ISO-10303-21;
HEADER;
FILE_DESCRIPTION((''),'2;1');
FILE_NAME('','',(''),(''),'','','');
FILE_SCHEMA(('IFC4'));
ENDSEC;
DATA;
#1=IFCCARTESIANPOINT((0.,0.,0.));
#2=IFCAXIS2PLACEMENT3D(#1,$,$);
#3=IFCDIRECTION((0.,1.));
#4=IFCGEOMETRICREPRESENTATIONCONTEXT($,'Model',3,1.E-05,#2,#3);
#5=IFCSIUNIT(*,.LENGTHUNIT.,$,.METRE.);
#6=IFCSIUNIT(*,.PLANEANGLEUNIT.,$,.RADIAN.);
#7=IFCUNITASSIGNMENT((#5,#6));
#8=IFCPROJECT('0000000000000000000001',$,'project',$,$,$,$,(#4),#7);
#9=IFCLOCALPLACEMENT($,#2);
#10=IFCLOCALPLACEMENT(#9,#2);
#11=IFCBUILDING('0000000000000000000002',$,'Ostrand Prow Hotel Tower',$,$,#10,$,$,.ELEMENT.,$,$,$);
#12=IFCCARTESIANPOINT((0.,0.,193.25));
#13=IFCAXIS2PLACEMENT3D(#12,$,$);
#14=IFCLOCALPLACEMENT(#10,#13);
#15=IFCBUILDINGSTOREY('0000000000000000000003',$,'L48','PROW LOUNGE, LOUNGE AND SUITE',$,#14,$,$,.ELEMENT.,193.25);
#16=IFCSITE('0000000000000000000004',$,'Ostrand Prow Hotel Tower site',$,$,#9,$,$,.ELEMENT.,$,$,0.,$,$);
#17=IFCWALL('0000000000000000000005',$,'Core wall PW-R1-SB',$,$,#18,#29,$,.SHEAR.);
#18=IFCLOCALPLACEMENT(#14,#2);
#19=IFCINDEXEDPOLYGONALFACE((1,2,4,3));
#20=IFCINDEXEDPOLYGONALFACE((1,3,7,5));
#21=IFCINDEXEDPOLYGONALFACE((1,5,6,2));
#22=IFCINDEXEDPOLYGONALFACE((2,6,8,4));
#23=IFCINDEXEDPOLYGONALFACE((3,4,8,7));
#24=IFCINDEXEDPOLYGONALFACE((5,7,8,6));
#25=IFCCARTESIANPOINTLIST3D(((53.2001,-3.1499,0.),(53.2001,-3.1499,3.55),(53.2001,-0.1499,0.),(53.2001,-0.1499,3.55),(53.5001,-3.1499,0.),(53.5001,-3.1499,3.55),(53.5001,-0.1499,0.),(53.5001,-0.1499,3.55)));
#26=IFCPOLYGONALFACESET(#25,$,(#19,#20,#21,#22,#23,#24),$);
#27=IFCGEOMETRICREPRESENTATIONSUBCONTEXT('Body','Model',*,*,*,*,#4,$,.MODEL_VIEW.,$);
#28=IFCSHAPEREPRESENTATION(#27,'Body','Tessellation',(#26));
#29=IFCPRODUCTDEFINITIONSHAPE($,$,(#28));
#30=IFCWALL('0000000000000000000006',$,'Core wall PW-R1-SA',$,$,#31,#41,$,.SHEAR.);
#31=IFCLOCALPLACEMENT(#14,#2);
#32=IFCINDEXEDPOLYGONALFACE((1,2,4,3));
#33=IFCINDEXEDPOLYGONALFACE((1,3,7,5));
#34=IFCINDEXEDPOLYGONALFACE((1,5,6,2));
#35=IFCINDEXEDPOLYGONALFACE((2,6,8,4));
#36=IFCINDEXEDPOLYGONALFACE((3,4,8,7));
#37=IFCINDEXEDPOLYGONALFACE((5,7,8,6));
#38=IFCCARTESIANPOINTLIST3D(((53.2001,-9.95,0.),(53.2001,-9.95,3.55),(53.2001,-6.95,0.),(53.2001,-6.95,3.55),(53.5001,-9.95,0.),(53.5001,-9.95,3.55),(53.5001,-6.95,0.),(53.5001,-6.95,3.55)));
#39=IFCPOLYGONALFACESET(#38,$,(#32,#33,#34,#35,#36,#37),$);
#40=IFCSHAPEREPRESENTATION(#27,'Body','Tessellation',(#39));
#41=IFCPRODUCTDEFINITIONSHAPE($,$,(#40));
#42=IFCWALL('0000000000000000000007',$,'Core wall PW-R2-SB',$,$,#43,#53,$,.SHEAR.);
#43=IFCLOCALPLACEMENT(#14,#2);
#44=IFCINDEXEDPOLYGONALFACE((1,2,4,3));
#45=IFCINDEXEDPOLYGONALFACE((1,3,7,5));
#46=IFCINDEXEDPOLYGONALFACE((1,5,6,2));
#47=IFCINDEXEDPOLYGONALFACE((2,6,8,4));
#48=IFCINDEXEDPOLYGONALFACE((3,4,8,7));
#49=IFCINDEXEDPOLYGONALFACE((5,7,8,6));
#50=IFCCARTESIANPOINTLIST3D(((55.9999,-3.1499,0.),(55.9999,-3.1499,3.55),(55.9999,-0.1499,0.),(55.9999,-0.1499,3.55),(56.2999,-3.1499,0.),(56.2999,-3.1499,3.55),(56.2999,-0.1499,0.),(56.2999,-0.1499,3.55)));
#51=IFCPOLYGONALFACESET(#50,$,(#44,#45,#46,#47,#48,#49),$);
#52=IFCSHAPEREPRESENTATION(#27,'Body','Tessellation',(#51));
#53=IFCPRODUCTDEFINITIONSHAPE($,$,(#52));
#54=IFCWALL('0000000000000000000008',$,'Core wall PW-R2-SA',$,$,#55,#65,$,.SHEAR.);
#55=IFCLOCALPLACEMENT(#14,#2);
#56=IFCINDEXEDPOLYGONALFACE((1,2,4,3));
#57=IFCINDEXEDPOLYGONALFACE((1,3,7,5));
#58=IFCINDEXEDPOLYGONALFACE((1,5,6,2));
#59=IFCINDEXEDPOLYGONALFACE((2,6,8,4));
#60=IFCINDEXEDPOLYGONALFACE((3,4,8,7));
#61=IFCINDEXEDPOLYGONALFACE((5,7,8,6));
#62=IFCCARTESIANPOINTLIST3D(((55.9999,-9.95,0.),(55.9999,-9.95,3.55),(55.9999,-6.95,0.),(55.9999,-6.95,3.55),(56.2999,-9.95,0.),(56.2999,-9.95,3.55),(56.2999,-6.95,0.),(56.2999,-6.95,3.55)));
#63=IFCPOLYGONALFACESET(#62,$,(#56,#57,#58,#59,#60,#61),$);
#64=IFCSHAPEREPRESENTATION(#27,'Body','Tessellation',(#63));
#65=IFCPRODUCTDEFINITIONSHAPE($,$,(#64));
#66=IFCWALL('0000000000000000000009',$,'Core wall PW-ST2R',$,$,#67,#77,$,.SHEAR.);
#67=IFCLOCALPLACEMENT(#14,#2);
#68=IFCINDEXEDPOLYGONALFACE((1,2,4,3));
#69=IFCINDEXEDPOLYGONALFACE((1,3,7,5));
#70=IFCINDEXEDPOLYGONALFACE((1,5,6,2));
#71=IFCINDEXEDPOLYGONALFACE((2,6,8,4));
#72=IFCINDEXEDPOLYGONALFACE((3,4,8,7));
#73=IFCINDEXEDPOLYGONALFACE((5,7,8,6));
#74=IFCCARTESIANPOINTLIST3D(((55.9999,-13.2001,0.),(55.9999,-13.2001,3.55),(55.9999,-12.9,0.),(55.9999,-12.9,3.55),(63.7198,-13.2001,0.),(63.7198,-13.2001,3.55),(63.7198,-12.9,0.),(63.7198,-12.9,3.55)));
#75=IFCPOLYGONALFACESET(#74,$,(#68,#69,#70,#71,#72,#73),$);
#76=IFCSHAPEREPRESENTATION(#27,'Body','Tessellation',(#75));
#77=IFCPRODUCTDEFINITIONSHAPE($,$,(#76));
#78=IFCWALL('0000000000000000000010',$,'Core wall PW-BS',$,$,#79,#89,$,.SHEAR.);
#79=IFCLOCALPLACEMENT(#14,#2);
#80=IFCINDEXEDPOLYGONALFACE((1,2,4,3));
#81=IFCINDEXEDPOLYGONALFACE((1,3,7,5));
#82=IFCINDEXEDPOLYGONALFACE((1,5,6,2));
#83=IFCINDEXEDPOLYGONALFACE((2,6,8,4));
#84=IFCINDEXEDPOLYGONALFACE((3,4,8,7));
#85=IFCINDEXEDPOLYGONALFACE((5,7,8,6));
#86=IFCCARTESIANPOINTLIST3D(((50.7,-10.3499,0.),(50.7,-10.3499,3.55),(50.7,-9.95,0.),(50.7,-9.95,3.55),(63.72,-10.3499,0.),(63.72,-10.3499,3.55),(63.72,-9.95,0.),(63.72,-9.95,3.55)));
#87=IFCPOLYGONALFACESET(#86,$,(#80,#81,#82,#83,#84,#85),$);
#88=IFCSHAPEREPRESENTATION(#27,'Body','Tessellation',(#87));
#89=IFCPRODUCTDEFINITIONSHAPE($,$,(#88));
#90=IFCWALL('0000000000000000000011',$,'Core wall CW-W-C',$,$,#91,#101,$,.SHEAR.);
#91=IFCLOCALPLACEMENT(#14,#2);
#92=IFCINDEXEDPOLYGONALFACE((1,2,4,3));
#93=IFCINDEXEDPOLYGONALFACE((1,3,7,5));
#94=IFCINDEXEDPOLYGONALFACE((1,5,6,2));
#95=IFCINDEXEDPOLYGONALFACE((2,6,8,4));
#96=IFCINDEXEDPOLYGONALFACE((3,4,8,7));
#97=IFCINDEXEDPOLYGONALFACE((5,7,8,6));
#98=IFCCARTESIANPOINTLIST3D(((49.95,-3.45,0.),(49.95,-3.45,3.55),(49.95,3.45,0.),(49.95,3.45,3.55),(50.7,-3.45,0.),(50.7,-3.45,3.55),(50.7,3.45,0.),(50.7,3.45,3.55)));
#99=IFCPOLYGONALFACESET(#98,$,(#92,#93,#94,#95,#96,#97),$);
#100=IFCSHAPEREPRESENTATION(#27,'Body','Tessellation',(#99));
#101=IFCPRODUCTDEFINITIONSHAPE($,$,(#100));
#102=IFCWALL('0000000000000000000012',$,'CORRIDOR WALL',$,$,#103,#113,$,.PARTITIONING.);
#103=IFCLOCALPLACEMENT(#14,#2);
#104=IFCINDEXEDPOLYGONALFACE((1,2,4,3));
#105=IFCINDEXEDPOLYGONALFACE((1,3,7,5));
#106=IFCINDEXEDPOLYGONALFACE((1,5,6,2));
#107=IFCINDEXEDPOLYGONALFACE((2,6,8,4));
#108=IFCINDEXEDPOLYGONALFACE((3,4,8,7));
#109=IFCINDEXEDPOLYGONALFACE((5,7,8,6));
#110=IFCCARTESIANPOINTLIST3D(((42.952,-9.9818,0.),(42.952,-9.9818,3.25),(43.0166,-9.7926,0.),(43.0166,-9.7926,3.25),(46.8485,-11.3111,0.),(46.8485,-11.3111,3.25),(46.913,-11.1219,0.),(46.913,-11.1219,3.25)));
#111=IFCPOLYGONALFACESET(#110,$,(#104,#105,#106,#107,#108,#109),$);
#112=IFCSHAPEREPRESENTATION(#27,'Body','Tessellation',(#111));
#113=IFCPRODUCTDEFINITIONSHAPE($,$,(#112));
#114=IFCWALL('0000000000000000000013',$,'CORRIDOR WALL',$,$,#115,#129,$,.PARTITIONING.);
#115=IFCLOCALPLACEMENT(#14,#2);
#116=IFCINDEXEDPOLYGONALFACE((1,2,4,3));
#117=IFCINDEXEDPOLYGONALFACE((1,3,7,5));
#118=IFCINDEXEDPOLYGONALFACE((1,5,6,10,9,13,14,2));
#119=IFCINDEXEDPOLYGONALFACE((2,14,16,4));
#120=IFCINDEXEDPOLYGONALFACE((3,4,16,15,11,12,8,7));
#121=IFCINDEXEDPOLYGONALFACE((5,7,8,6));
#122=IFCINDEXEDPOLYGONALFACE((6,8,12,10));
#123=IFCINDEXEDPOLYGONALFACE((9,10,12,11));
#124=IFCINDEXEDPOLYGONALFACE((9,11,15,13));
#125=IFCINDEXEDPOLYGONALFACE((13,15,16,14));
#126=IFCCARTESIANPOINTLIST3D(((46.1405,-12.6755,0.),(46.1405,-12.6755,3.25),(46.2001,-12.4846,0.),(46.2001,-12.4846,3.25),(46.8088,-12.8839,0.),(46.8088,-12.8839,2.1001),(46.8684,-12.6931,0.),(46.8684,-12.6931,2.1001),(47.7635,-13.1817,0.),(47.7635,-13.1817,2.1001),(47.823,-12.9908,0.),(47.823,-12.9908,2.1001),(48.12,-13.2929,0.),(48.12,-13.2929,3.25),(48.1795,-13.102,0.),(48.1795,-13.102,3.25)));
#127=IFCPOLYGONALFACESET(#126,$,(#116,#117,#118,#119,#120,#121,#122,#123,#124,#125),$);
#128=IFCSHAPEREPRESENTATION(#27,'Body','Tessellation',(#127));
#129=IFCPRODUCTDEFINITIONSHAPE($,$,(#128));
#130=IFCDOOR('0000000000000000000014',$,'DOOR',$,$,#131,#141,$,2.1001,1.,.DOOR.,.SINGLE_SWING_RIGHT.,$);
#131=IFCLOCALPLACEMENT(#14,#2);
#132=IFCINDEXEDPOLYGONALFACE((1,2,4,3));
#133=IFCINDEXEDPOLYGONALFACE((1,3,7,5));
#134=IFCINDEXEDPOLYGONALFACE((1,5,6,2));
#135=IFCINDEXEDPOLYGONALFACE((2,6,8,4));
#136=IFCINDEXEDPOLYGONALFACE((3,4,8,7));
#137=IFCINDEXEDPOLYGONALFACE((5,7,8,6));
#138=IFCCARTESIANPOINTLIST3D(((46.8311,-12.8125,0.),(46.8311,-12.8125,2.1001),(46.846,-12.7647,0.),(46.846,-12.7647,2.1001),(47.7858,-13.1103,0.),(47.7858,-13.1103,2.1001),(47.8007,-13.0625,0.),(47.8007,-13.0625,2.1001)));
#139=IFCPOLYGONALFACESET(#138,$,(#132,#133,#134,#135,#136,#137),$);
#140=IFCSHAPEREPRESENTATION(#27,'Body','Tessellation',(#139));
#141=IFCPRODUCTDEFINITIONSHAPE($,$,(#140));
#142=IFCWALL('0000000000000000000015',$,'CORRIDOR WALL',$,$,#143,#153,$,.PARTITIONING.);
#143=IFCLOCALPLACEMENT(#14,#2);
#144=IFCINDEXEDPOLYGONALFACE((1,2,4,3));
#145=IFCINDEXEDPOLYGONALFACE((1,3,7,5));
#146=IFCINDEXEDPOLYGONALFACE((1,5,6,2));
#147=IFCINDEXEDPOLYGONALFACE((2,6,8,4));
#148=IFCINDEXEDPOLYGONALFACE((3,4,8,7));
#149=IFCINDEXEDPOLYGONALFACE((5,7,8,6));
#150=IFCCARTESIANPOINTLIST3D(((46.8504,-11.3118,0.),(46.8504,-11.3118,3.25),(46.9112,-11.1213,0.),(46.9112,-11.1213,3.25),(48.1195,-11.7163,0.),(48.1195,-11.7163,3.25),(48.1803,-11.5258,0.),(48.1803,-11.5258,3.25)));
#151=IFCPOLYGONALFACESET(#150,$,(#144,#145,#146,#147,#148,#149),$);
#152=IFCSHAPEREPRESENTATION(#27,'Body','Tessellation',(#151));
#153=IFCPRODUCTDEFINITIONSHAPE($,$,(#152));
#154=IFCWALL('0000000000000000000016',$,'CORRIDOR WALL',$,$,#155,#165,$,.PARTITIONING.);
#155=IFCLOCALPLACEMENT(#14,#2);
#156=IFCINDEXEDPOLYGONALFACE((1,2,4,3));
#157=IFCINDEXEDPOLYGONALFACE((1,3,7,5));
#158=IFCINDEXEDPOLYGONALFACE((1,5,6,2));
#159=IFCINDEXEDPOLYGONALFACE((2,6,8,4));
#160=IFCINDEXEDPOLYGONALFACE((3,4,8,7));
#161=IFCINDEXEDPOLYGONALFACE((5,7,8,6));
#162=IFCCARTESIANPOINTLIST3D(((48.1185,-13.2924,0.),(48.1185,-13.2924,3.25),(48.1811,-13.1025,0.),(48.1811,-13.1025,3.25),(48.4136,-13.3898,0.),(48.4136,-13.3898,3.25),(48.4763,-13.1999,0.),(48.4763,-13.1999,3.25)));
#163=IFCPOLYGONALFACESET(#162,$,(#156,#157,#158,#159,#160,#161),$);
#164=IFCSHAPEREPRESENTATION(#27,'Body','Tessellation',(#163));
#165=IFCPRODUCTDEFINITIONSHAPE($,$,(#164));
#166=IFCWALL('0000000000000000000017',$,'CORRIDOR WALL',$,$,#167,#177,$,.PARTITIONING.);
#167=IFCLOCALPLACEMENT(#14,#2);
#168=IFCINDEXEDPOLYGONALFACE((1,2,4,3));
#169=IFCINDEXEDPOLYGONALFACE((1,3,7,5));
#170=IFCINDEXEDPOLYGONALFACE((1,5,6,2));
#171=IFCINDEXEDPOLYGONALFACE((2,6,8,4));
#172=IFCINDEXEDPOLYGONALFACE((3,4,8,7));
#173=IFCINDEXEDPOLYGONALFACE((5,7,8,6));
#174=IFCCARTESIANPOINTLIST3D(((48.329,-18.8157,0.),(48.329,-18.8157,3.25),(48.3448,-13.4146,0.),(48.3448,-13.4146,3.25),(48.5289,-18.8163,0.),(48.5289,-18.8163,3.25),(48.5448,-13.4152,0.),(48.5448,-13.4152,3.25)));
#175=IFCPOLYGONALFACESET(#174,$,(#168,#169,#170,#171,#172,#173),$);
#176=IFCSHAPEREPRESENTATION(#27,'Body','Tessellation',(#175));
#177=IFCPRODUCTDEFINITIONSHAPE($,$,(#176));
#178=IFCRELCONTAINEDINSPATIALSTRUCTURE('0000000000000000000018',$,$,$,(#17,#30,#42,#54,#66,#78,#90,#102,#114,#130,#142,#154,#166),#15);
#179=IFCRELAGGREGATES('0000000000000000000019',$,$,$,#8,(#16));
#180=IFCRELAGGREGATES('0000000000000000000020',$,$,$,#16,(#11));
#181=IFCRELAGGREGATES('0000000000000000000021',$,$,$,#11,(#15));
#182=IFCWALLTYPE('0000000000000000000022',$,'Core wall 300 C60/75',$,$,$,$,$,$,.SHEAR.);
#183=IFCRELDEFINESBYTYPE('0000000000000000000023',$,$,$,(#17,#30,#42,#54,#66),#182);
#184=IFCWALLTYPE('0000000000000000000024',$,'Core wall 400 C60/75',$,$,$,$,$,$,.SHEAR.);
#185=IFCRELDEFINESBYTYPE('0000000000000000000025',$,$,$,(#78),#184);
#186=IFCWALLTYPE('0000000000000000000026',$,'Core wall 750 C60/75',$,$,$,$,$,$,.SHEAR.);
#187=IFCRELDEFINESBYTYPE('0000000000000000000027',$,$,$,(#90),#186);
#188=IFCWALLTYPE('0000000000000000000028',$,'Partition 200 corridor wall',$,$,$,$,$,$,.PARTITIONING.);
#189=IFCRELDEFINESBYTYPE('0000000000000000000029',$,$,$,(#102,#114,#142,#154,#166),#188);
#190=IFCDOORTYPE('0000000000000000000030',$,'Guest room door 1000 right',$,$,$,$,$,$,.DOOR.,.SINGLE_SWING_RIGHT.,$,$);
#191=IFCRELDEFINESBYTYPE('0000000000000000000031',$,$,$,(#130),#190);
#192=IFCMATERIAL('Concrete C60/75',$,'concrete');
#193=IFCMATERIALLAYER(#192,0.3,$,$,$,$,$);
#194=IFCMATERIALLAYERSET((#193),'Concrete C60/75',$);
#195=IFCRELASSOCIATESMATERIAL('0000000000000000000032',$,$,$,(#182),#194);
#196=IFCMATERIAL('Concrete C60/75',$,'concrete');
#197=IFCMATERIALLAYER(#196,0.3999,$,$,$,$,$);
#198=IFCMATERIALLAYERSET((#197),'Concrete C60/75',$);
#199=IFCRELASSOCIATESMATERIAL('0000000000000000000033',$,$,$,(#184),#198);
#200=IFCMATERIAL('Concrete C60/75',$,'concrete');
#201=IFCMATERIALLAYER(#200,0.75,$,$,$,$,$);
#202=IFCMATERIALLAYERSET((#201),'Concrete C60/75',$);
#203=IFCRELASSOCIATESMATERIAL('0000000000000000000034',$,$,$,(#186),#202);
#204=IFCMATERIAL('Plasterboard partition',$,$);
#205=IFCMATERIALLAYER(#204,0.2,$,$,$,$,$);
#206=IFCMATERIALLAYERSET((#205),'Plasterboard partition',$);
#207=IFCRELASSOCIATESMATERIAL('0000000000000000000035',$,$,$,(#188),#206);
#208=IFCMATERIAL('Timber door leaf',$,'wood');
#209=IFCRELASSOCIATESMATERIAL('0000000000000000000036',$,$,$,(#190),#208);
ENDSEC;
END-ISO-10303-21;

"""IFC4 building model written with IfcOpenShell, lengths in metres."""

from ifc_helpers import new_model, si_unit, direction, frame, frame_2d, origin, place, context, subcontext, project, spatial, rectangle, extrude, material, layer, layer_set, type_object, element, fill, save


model = new_model("IFC4")

# Units and contexts
model_context = context("Model", 3, precision=1e-05, world=origin(), true_north=direction((0.0, 1.0)))
body_context = subcontext(model_context, "Body", "Model", "MODEL_VIEW")
ifc_project = project(units=[si_unit("LENGTHUNIT", "METRE"), si_unit("PLANEANGLEUNIT", "RADIAN")], contexts=[model_context])

# Site, building, storey
site_placement = place(None, origin())
site = spatial("IfcSite", under=ifc_project, at=site_placement, Name="Ostrand Prow Hotel Tower site", CompositionType="ELEMENT", RefElevation=0.0)
building_placement = place(site_placement, origin())
building = spatial("IfcBuilding", under=site, at=building_placement, Name="Ostrand Prow Hotel Tower", CompositionType="ELEMENT")
storey_placement = place(building_placement, frame((0.0, 0.0, 193.25)))
storey = spatial("IfcBuildingStorey", under=building, at=storey_placement, Name="L48", Description="PROW LOUNGE, LOUNGE AND SUITE", CompositionType="ELEMENT", Elevation=193.25)

# Shared definitions
ifc_material_1 = material(Name="Concrete C60/75", Category="concrete")
ifc_layer_1 = layer(ifc_material_1, 0.3)
ifc_layer_set_1 = layer_set([ifc_layer_1], Name="Concrete C60/75")
wall_type_1 = type_object("IfcWallType", Name="Core wall 300 C60/75", PredefinedType="SHEAR", material=ifc_layer_set_1)

# Walls
for number, where, z_axis, x_axis, name in (
    (1, (53.3501, -3.1499, 0.0), (0.0, 0.0, 1.0), (0.0, 1.0, 0.0), "Core wall PW-R1-SB"),
    (2, (53.3501, -9.95, 0.0), (0.0, 0.0, 1.0), (0.0, 1.0, 0.0), "Core wall PW-R1-SA"),
    (3, (56.1499, -3.1499, 0.0), (0.0, 0.0, 1.0), (0.0, 1.0, 0.0), "Core wall PW-R2-SB"),
    (4, (56.1499, -9.95, 0.0), (0.0, 0.0, 1.0), (0.0, 1.0, 0.0), "Core wall PW-R2-SA"),
):
    element("IfcWall", number, at=place(storey_placement, frame(where, z_axis=z_axis, x_axis=x_axis)), inside=storey, type_object=wall_type_1, Name=name, PredefinedType="SHEAR", context=body_context, shape_type="SweptSolid", body=[
        extrude(rectangle(XDim=3.0, YDim=0.3, at=frame_2d((1.5, 0.0))), origin(), (0.0, 0.0, 1.0), 3.55),
    ])
wall_1_placement = place(storey_placement, frame((56.0, -13.05, 0.0), z_axis=(0.0, 0.0, 1.0), x_axis=(1.0, 0.0, 0.0)))
element("IfcWall", 5, at=wall_1_placement, inside=storey, type_object=wall_type_1, Name="Core wall PW-ST2R", PredefinedType="SHEAR", context=body_context, shape_type="SweptSolid", body=[
    extrude(rectangle(XDim=7.72, YDim=0.3, at=frame_2d((3.8599, 0.0))), origin(), (0.0, 0.0, 1.0), 3.55),
])
ifc_material_2 = material(Name="Concrete C60/75", Category="concrete")
ifc_layer_2 = layer(ifc_material_2, 0.3999)
ifc_layer_set_2 = layer_set([ifc_layer_2], Name="Concrete C60/75")
wall_type_2 = type_object("IfcWallType", Name="Core wall 400 C60/75", PredefinedType="SHEAR", material=ifc_layer_set_2)
wall_2_placement = place(storey_placement, frame((50.7, -10.1499, 0.0), z_axis=(0.0, 0.0, 1.0), x_axis=(1.0, 0.0, 0.0)))
element("IfcWall", 6, at=wall_2_placement, inside=storey, type_object=wall_type_2, Name="Core wall PW-BS", PredefinedType="SHEAR", context=body_context, shape_type="SweptSolid", body=[
    extrude(rectangle(XDim=13.02, YDim=0.3999, at=frame_2d((6.51, 0.0))), origin(), (0.0, 0.0, 1.0), 3.55),
])
ifc_material_3 = material(Name="Concrete C60/75", Category="concrete")
ifc_layer_3 = layer(ifc_material_3, 0.75)
ifc_layer_set_3 = layer_set([ifc_layer_3], Name="Concrete C60/75")
wall_type_3 = type_object("IfcWallType", Name="Core wall 750 C60/75", PredefinedType="SHEAR", material=ifc_layer_set_3)
wall_3_placement = place(storey_placement, frame((50.325, -3.45, 0.0), z_axis=(0.0, 0.0, 1.0), x_axis=(0.0, 1.0, 0.0)))
element("IfcWall", 7, at=wall_3_placement, inside=storey, type_object=wall_type_3, Name="Core wall CW-W-C", PredefinedType="SHEAR", context=body_context, shape_type="SweptSolid", body=[
    extrude(rectangle(XDim=6.8999, YDim=0.75, at=frame_2d((3.45, 0.0))), origin(), (0.0, 0.0, 1.0), 3.55),
])
ifc_material_4 = material(Name="Plasterboard partition")
ifc_layer_4 = layer(ifc_material_4, 0.2)
ifc_layer_set_4 = layer_set([ifc_layer_4], Name="Plasterboard partition")
wall_type_4 = type_object("IfcWallType", Name="Partition 200 corridor wall", PredefinedType="PARTITIONING", material=ifc_layer_set_4)
wall_4_placement = place(storey_placement, frame((46.8809, -11.2166, 0.0), z_axis=(0.0, 0.0, 1.0), x_axis=(-0.946436, 0.322891, 0.0)))
element("IfcWall", 8, at=wall_4_placement, inside=storey, type_object=wall_type_4, Name="CORRIDOR WALL", PredefinedType="PARTITIONING", context=body_context, shape_type="SweptSolid", body=[
    extrude(rectangle(XDim=4.1169, YDim=0.2, at=frame_2d((2.0586, 0.0))), origin(), (0.0, 0.0, 1.0), 3.25),
])

# Wall, opening, door
wall_5_placement = place(storey_placement, frame((46.1704, -12.5801, 0.0), z_axis=(0.0, 0.0, 1.0), x_axis=(0.954639, -0.297765, 0.0)))
wall_5 = element("IfcWall", 9, at=wall_5_placement, inside=storey, type_object=wall_type_4, Name="CORRIDOR WALL", PredefinedType="PARTITIONING", context=body_context, shape_type="SweptSolid", body=[
    extrude(rectangle(XDim=2.0735, YDim=0.2, at=frame_2d((1.0366, 0.0))), origin(), (0.0, 0.0, 1.0), 3.25),
])
opening_1_placement = place(wall_5_placement, frame((0.7, 0.0, 0.0)))
opening_1 = element("IfcOpeningElement", 10, at=opening_1_placement, cuts=wall_5, PredefinedType="OPENING", context=body_context, shape_type="SweptSolid", body=[
    extrude(rectangle(XDim=1.0, YDim=2.1001, at=frame_2d((0.5, 1.05))), frame((0.0, 0.1099, 0.0), z_axis=(0.0, -1.0, 0.0), x_axis=(1.0, 0.0, 0.0)), (0.0, 0.0, 1.0), 0.22),
])
ifc_material_5 = material(Name="Timber door leaf", Category="wood")
door_type_1 = type_object("IfcDoorType", Name="Guest room door 1000 right", OperationType="SINGLE_SWING_RIGHT", PredefinedType="DOOR", material=ifc_material_5)
door_1_placement = place(opening_1_placement, origin())
door_1 = element("IfcDoor", 11, at=door_1_placement, inside=storey, type_object=door_type_1, Name="DOOR", OperationType="SINGLE_SWING_RIGHT", OverallHeight=2.1001, OverallWidth=1.0, PredefinedType="DOOR", context=body_context, shape_type="SweptSolid", body=[
    extrude(rectangle(XDim=1.0, YDim=2.1001, at=frame_2d((0.5, 1.05))), frame((0.0, 0.0249, 0.0), z_axis=(0.0, -1.0, 0.0), x_axis=(1.0, 0.0, 0.0)), (0.0, 0.0, 1.0), 0.05),
])
fill(opening_1, door_1)

# Walls
wall_6_placement = place(storey_placement, frame((48.1499, -11.6211, 0.0), z_axis=(0.0, 0.0, 1.0), x_axis=(-0.952762, 0.303718, 0.0)))
element("IfcWall", 12, at=wall_6_placement, inside=storey, type_object=wall_type_4, Name="CORRIDOR WALL", PredefinedType="PARTITIONING", context=body_context, shape_type="SweptSolid", body=[
    extrude(rectangle(XDim=1.332, YDim=0.2, at=frame_2d((0.666, 0.0))), origin(), (0.0, 0.0, 1.0), 3.25),
])
wall_7_placement = place(storey_placement, frame((48.1499, -13.1975, 0.0), z_axis=(0.0, 0.0, 1.0), x_axis=(0.949622, -0.313399, 0.0)))
element("IfcWall", 13, at=wall_7_placement, inside=storey, type_object=wall_type_4, Name="CORRIDOR WALL", PredefinedType="PARTITIONING", context=body_context, shape_type="SweptSolid", body=[
    extrude(rectangle(XDim=0.3108, YDim=0.2, at=frame_2d((0.1553, 0.0))), origin(), (0.0, 0.0, 1.0), 3.25),
])
wall_8_placement = place(storey_placement, frame((48.4448, -13.4148, 0.0), z_axis=(0.0, 0.0, 1.0), x_axis=(-0.002938, -0.999996, 0.0)))
element("IfcWall", 14, at=wall_8_placement, inside=storey, type_object=wall_type_4, Name="CORRIDOR WALL", PredefinedType="PARTITIONING", context=body_context, shape_type="SweptSolid", body=[
    extrude(rectangle(XDim=5.4011, YDim=0.2, at=frame_2d((2.7007, 0.0))), origin(), (0.0, 0.0, 1.0), 3.25),
])

save(model, "model.ifc")
